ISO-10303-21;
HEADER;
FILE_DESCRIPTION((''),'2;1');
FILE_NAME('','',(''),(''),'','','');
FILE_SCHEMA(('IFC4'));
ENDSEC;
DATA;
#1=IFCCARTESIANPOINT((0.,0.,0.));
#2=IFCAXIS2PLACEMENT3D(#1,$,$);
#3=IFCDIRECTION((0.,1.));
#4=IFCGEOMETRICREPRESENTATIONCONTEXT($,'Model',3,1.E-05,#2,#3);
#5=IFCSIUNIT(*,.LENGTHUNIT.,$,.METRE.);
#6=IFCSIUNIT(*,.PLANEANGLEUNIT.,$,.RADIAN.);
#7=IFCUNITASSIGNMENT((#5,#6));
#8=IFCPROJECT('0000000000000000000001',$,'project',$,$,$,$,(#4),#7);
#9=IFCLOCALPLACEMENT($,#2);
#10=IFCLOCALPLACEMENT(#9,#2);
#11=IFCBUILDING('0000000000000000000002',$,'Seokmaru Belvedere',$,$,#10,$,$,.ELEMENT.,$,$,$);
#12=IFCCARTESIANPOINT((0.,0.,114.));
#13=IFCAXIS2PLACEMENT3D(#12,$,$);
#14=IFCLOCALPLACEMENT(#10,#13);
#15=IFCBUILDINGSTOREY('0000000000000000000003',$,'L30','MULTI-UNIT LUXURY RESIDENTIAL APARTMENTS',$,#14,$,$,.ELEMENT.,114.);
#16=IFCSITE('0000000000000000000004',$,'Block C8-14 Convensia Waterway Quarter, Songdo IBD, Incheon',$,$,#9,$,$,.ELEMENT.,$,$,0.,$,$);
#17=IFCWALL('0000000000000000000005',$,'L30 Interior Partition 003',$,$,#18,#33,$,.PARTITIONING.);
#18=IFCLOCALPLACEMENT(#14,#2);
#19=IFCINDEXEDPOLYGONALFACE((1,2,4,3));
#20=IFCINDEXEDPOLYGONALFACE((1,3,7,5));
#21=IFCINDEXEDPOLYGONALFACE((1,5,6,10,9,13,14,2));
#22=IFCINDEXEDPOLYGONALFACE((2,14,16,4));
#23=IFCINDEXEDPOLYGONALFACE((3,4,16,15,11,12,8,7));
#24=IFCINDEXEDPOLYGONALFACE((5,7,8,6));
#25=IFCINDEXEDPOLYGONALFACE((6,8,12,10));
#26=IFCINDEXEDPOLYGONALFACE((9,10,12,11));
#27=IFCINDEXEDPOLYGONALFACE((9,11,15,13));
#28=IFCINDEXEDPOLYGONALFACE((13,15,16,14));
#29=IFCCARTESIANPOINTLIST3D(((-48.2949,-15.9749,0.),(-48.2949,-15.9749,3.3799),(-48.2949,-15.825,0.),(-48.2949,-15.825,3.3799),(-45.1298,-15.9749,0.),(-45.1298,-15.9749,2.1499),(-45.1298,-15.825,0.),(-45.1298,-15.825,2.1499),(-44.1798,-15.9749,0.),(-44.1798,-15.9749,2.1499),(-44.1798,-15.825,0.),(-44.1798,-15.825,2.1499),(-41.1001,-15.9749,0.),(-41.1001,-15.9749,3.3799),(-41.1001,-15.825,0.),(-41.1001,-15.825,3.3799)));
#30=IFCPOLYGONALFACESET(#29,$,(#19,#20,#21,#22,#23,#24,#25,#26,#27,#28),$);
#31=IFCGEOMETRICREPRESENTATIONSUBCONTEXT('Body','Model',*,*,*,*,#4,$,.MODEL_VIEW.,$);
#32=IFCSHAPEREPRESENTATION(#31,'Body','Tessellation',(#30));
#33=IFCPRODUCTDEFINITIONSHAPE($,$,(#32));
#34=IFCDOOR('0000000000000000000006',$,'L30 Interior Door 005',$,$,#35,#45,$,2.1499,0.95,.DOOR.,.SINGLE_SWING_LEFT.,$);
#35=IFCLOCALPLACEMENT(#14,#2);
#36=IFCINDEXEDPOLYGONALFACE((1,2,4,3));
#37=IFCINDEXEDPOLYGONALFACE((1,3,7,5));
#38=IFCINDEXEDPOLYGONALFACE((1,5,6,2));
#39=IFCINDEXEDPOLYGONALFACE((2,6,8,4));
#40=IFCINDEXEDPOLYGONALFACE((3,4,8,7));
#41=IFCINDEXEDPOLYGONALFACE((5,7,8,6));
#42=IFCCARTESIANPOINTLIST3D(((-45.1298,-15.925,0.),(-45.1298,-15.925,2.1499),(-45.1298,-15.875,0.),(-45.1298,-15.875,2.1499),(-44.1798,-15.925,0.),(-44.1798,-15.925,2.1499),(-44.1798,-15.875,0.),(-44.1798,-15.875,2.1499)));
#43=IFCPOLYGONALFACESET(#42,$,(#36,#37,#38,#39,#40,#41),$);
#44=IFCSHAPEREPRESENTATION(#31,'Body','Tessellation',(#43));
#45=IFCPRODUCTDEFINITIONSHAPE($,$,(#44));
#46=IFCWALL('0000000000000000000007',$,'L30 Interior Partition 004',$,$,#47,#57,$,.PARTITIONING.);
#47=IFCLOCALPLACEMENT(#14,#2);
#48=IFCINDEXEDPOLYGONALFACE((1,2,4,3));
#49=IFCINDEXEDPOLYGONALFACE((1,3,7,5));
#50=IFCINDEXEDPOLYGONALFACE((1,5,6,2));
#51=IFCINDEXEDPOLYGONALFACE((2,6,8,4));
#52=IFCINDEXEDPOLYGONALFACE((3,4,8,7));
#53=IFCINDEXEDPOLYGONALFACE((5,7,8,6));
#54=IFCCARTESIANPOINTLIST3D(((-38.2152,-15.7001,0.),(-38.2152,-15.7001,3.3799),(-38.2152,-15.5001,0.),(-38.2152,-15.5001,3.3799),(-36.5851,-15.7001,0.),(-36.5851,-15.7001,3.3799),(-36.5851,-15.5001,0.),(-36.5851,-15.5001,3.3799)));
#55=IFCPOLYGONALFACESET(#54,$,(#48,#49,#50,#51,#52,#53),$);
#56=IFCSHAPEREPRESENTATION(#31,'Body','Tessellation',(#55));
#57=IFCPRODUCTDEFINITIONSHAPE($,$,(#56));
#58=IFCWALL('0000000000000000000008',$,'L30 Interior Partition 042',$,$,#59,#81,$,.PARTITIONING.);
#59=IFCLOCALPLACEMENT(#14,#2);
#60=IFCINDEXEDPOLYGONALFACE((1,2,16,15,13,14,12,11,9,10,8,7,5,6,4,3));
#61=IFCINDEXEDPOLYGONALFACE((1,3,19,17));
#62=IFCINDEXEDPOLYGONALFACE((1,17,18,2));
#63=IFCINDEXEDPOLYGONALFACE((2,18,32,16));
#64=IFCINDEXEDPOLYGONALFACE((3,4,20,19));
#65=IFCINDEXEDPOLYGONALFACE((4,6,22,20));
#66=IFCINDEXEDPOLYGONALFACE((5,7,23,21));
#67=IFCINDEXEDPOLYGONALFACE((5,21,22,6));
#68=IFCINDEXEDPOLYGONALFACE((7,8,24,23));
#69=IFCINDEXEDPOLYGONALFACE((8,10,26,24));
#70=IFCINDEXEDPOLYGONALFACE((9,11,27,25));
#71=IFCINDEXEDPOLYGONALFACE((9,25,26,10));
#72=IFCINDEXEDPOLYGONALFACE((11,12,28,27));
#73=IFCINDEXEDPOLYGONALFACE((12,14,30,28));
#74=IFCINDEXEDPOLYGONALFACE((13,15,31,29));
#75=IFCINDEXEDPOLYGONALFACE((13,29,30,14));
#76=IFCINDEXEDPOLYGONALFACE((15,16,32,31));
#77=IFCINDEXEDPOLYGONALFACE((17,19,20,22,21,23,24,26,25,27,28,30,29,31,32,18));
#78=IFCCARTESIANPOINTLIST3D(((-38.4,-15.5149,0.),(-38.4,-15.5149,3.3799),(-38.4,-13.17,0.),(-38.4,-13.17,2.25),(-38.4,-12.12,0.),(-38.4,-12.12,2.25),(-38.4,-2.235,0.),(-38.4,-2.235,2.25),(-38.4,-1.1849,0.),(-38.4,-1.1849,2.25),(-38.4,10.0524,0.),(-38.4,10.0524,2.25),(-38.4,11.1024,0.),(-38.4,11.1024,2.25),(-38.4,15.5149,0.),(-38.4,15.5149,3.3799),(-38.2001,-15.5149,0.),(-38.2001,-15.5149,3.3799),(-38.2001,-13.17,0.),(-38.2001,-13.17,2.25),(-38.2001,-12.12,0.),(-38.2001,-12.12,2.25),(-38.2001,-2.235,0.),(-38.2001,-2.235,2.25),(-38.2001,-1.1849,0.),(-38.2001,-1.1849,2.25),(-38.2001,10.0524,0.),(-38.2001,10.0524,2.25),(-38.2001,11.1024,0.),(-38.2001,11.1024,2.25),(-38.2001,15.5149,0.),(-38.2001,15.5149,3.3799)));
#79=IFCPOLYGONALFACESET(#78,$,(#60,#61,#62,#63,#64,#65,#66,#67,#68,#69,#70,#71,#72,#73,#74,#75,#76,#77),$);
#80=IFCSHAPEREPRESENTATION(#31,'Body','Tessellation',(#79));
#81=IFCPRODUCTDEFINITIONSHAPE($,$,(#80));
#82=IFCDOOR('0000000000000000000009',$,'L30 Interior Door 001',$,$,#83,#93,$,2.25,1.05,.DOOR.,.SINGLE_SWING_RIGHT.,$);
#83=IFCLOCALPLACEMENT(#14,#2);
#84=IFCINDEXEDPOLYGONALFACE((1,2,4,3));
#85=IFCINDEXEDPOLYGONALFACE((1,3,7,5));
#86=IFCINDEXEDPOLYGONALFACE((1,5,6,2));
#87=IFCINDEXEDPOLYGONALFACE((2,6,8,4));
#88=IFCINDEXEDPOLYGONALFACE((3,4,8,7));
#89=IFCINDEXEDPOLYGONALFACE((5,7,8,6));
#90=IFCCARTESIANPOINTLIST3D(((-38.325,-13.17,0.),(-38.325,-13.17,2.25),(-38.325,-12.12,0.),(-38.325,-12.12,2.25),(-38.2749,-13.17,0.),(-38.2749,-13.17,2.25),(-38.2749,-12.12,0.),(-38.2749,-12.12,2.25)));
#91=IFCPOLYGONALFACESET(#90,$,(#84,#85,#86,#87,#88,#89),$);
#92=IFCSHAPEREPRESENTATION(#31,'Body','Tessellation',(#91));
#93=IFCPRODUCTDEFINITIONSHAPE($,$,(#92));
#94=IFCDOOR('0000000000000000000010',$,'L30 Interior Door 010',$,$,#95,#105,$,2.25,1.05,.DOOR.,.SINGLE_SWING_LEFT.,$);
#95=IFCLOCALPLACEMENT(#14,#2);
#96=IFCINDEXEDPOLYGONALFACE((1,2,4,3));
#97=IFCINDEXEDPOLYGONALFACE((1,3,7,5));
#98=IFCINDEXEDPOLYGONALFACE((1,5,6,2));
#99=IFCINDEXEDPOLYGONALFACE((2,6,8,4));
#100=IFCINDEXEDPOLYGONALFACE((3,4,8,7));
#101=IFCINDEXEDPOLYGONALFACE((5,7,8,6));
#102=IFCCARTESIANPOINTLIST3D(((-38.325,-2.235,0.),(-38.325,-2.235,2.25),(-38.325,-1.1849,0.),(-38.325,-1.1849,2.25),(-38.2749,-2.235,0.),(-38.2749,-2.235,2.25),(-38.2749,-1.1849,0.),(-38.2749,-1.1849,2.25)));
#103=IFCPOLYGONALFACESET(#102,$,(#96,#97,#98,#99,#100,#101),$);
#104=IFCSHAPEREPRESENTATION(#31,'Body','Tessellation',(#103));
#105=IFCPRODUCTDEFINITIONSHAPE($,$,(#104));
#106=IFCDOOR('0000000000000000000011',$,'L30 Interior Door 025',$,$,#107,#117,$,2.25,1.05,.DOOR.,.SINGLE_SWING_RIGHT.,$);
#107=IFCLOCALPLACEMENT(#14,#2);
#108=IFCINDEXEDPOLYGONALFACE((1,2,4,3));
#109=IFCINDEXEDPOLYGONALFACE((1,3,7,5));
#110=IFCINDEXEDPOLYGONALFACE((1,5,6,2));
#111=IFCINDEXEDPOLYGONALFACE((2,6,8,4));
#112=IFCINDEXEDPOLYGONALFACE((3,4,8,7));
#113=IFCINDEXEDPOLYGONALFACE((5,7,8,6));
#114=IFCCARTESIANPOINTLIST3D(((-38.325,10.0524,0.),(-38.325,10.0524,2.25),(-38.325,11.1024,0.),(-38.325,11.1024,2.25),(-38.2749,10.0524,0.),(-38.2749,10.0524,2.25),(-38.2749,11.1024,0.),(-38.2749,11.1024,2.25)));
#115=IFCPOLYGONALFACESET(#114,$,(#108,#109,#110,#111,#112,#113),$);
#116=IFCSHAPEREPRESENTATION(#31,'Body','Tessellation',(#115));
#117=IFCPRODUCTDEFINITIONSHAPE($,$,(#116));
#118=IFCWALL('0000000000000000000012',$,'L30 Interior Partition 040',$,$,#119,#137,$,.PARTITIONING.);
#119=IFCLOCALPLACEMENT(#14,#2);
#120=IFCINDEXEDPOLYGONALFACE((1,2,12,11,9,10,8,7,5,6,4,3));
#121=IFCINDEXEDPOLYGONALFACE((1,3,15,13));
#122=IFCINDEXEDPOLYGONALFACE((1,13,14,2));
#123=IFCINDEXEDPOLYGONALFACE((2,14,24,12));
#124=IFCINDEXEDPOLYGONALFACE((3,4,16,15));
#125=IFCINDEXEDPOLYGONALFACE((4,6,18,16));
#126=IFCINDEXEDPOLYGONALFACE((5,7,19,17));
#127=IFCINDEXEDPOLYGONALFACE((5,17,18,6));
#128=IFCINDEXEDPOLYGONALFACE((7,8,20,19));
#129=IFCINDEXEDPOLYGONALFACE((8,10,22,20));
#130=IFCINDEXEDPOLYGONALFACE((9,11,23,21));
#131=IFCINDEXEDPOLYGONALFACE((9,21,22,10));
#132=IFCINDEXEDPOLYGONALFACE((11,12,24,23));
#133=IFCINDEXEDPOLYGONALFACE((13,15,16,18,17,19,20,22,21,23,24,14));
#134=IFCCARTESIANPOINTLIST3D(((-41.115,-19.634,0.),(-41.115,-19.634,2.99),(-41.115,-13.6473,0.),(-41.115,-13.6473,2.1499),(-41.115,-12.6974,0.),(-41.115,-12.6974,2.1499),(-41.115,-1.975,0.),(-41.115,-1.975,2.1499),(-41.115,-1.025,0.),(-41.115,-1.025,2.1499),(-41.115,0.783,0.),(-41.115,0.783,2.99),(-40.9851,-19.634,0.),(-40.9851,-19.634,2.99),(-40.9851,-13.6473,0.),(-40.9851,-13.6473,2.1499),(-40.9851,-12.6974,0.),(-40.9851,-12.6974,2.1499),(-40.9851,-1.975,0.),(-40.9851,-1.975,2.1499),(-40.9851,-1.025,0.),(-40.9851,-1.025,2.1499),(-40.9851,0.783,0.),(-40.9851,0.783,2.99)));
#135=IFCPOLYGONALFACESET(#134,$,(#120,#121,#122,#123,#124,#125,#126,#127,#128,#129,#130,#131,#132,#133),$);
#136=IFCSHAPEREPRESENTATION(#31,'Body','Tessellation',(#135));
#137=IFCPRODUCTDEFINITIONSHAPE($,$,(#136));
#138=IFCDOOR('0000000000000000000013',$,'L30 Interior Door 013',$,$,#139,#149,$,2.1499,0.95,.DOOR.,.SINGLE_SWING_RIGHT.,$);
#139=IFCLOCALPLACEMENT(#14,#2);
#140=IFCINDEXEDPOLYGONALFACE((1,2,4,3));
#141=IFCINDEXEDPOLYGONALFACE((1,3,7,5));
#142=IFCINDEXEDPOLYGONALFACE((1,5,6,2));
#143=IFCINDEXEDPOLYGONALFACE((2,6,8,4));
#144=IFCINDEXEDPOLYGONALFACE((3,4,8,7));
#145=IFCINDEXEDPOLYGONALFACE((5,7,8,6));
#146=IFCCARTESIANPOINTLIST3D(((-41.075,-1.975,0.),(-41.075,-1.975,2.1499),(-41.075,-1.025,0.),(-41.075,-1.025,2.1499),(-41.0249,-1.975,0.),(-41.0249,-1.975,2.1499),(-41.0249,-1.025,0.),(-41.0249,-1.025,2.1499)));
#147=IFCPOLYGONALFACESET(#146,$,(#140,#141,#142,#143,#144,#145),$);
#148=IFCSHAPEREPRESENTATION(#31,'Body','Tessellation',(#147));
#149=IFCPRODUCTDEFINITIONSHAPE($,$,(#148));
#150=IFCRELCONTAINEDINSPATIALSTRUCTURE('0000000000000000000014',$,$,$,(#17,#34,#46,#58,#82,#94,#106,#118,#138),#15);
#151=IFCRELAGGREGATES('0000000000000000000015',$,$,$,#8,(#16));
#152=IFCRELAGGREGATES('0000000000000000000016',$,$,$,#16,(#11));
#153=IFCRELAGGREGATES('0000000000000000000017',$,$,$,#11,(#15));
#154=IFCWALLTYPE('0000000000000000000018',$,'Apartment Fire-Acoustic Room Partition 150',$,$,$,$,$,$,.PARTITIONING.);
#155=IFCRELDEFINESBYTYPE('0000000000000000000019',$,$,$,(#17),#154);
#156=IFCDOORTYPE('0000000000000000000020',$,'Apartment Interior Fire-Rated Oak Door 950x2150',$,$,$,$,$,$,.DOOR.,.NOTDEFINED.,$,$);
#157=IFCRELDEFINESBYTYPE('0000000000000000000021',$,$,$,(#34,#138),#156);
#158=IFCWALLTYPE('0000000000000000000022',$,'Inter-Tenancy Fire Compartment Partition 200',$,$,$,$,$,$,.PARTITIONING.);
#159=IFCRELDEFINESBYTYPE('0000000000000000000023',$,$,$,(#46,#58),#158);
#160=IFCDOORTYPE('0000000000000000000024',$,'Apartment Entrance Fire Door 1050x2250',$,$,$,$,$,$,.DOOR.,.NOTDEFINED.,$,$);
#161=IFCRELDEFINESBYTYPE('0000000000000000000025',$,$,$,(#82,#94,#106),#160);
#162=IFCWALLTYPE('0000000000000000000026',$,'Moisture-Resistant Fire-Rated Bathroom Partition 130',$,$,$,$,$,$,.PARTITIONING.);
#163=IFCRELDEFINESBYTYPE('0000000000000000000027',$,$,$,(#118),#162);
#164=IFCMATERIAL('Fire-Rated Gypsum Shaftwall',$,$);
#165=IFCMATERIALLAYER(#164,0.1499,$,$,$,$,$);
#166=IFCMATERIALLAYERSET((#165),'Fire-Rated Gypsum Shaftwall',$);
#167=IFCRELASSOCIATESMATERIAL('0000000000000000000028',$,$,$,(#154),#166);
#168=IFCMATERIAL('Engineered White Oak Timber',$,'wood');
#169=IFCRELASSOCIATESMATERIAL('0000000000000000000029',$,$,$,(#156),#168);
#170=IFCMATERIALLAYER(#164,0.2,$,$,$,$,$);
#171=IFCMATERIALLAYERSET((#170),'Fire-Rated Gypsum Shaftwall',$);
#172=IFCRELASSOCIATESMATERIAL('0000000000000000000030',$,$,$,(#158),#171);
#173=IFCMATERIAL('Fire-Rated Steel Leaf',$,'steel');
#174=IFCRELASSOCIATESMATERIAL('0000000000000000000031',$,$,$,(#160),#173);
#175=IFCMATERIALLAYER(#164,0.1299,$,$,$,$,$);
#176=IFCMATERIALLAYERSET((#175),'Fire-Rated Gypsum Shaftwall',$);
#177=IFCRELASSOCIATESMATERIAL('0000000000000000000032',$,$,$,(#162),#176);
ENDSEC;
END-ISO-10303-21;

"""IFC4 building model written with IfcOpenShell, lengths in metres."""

from ifc_helpers import new_model, si_unit, direction, frame, frame_2d, origin, place, context, subcontext, project, spatial, rectangle, extrude, source, transform, mapped, material, layer, layer_set, type_object, type_shapes, element, fill, save


model = new_model("IFC4")

# Units and contexts
model_context = context("Model", 3, precision=1e-05, world=origin(), true_north=direction((0.0, 1.0)))
body_context = subcontext(model_context, "Body", "Model", "MODEL_VIEW")
ifc_project = project(units=[si_unit("LENGTHUNIT", "METRE"), si_unit("PLANEANGLEUNIT", "RADIAN")], contexts=[model_context])

# Site, building, storey
site_placement = place(None, origin())
site = spatial("IfcSite", under=ifc_project, at=site_placement, Name="Block C8-14 Convensia Waterway Quarter, Songdo IBD, Incheon", CompositionType="ELEMENT", RefElevation=0.0)
building_placement = place(site_placement, origin())
building = spatial("IfcBuilding", under=site, at=building_placement, Name="Seokmaru Belvedere", CompositionType="ELEMENT")
storey_placement = place(building_placement, frame((0.0, 0.0, 114.0)))
storey = spatial("IfcBuildingStorey", under=building, at=storey_placement, Name="L30", Description="MULTI-UNIT LUXURY RESIDENTIAL APARTMENTS", CompositionType="ELEMENT", Elevation=114.0)

# Wall, opening, door
ifc_material_1 = material(Name="Fire-Rated Gypsum Shaftwall")
ifc_layer_1 = layer(ifc_material_1, 0.1499)
ifc_layer_set_1 = layer_set([ifc_layer_1], Name="Fire-Rated Gypsum Shaftwall")
wall_type_1 = type_object("IfcWallType", Name="Apartment Fire-Acoustic Room Partition 150", PredefinedType="PARTITIONING", material=ifc_layer_set_1)
wall_1_placement = place(storey_placement, frame((-48.2949, -15.8999, 0.0), z_axis=(0.0, 0.0, 1.0), x_axis=(1.0, 0.0, 0.0)))
wall_1 = element("IfcWall", 1, at=wall_1_placement, inside=storey, type_object=wall_type_1, Name="L30 Interior Partition 003", PredefinedType="PARTITIONING", context=body_context, shape_type="SweptSolid", body=[
    extrude(rectangle(XDim=7.1948, YDim=0.1499, at=frame_2d((3.5974, 0.0))), origin(), (0.0, 0.0, 1.0), 3.3799),
])
opening_1_placement = place(wall_1_placement, frame((3.165, 0.0, 0.0)))
opening_1 = element("IfcOpeningElement", 2, at=opening_1_placement, cuts=wall_1, PredefinedType="OPENING", context=body_context, shape_type="SweptSolid", body=[
    extrude(rectangle(XDim=0.95, YDim=2.1499, at=frame_2d((0.4751, 1.075))), frame((0.0, 0.085, 0.0), z_axis=(0.0, -1.0, 0.0), x_axis=(1.0, 0.0, 0.0)), (0.0, 0.0, 1.0), 0.1699),
])
ifc_material_2 = material(Name="Engineered White Oak Timber", Category="wood")
door_type_1 = type_object("IfcDoorType", Name="Apartment Interior Fire-Rated Oak Door 950x2150", OperationType="NOTDEFINED", PredefinedType="DOOR", material=ifc_material_2)
shared_shape_1 = source(origin(), body_context, "Body", "SweptSolid", [
    extrude(rectangle(XDim=0.95, YDim=2.1499, at=frame_2d((0.4751, 1.075))), frame((0.0, 0.0249, 0.0), z_axis=(0.0, -1.0, 0.0), x_axis=(1.0, 0.0, 0.0)), (0.0, 0.0, 1.0), 0.05),
])
type_shapes(door_type_1, [shared_shape_1])
door_1_placement = place(opening_1_placement, origin())
door_1 = element("IfcDoor", 3, at=door_1_placement, inside=storey, type_object=door_type_1, Name="L30 Interior Door 005", OperationType="SINGLE_SWING_LEFT", OverallHeight=2.1499, OverallWidth=0.95, PredefinedType="DOOR", context=body_context, shape_type="MappedRepresentation", body=[
    mapped(shared_shape_1, transform((0.0, 0.0, 0.0), scale=1.0)),
])
fill(opening_1, door_1)

# Wall
ifc_layer_2 = layer(ifc_material_1, 0.2)
ifc_layer_set_2 = layer_set([ifc_layer_2], Name="Fire-Rated Gypsum Shaftwall")
wall_type_2 = type_object("IfcWallType", Name="Inter-Tenancy Fire Compartment Partition 200", PredefinedType="PARTITIONING", material=ifc_layer_set_2)
wall_2_placement = place(storey_placement, frame((-38.2151, -15.6001, 0.0), z_axis=(0.0, 0.0, 1.0), x_axis=(1.0, 0.0, 0.0)))
element("IfcWall", 4, at=wall_2_placement, inside=storey, type_object=wall_type_2, Name="L30 Interior Partition 004", PredefinedType="PARTITIONING", context=body_context, shape_type="SweptSolid", body=[
    extrude(rectangle(XDim=1.6301, YDim=0.2, at=frame_2d((0.8149, 0.0))), origin(), (0.0, 0.0, 1.0), 3.3799),
])

# Wall, openings, doors
wall_3_placement = place(storey_placement, frame((-38.3, -15.5149, 0.0), z_axis=(0.0, 0.0, 1.0), x_axis=(0.0, 1.0, 0.0)))
wall_3 = element("IfcWall", 5, at=wall_3_placement, inside=storey, type_object=wall_type_2, Name="L30 Interior Partition 042", PredefinedType="PARTITIONING", context=body_context, shape_type="SweptSolid", body=[
    extrude(rectangle(XDim=31.0298, YDim=0.2, at=frame_2d((15.5149, 0.0))), origin(), (0.0, 0.0, 1.0), 3.3799),
])
opening_2_placement = place(wall_3_placement, frame((2.345, 0.0, 0.0)))
opening_2 = element("IfcOpeningElement", 6, at=opening_2_placement, cuts=wall_3, PredefinedType="OPENING", context=body_context, shape_type="SweptSolid", body=[
    extrude(rectangle(XDim=1.05, YDim=2.25, at=frame_2d((0.5249, 1.125))), frame((0.0, 0.1099, 0.0), z_axis=(0.0, -1.0, 0.0), x_axis=(1.0, 0.0, 0.0)), (0.0, 0.0, 1.0), 0.22),
])
opening_3_placement = place(wall_3_placement, frame((13.28, 0.0, 0.0)))
opening_3 = element("IfcOpeningElement", 7, at=opening_3_placement, cuts=wall_3, PredefinedType="OPENING", context=body_context, shape_type="SweptSolid", body=[
    extrude(rectangle(XDim=1.05, YDim=2.25, at=frame_2d((0.5249, 1.125))), frame((0.0, 0.1099, 0.0), z_axis=(0.0, -1.0, 0.0), x_axis=(1.0, 0.0, 0.0)), (0.0, 0.0, 1.0), 0.22),
])
opening_4_placement = place(wall_3_placement, frame((25.5674, 0.0, 0.0)))
opening_4 = element("IfcOpeningElement", 8, at=opening_4_placement, cuts=wall_3, PredefinedType="OPENING", context=body_context, shape_type="SweptSolid", body=[
    extrude(rectangle(XDim=1.05, YDim=2.25, at=frame_2d((0.5249, 1.125))), frame((0.0, 0.1099, 0.0), z_axis=(0.0, -1.0, 0.0), x_axis=(1.0, 0.0, 0.0)), (0.0, 0.0, 1.0), 0.22),
])
ifc_material_3 = material(Name="Fire-Rated Steel Leaf", Category="steel")
door_type_2 = type_object("IfcDoorType", Name="Apartment Entrance Fire Door 1050x2250", OperationType="NOTDEFINED", PredefinedType="DOOR", material=ifc_material_3)
shared_shape_2 = source(origin(), body_context, "Body", "SweptSolid", [
    extrude(rectangle(XDim=1.05, YDim=2.25, at=frame_2d((0.5249, 1.125))), frame((0.0, 0.0249, 0.0), z_axis=(0.0, -1.0, 0.0), x_axis=(1.0, 0.0, 0.0)), (0.0, 0.0, 1.0), 0.05),
])
type_shapes(door_type_2, [shared_shape_2])
door_2_placement = place(opening_2_placement, origin())
door_2 = element("IfcDoor", 9, at=door_2_placement, inside=storey, type_object=door_type_2, Name="L30 Interior Door 001", OperationType="SINGLE_SWING_RIGHT", OverallHeight=2.25, OverallWidth=1.05, PredefinedType="DOOR", context=body_context, shape_type="MappedRepresentation", body=[
    mapped(shared_shape_2, transform((0.0, 0.0, 0.0), scale=1.0)),
])
fill(opening_2, door_2)
door_3_placement = place(opening_3_placement, origin())
door_3 = element("IfcDoor", 10, at=door_3_placement, inside=storey, type_object=door_type_2, Name="L30 Interior Door 010", OperationType="SINGLE_SWING_LEFT", OverallHeight=2.25, OverallWidth=1.05, PredefinedType="DOOR", context=body_context, shape_type="MappedRepresentation", body=[
    mapped(shared_shape_2, transform((0.0, 0.0, 0.0), scale=1.0)),
])
fill(opening_3, door_3)
door_4_placement = place(opening_4_placement, origin())
door_4 = element("IfcDoor", 11, at=door_4_placement, inside=storey, type_object=door_type_2, Name="L30 Interior Door 025", OperationType="SINGLE_SWING_RIGHT", OverallHeight=2.25, OverallWidth=1.05, PredefinedType="DOOR", context=body_context, shape_type="MappedRepresentation", body=[
    mapped(shared_shape_2, transform((0.0, 0.0, 0.0), scale=1.0)),
])
fill(opening_4, door_4)

# Wall, openings, door
ifc_layer_3 = layer(ifc_material_1, 0.1299)
ifc_layer_set_3 = layer_set([ifc_layer_3], Name="Fire-Rated Gypsum Shaftwall")
wall_type_3 = type_object("IfcWallType", Name="Moisture-Resistant Fire-Rated Bathroom Partition 130", PredefinedType="PARTITIONING", material=ifc_layer_set_3)
wall_4_placement = place(storey_placement, frame((-41.05, -19.634, 0.0), z_axis=(0.0, 0.0, 1.0), x_axis=(0.0, 1.0, 0.0)))
wall_4 = element("IfcWall", 12, at=wall_4_placement, inside=storey, type_object=wall_type_3, Name="L30 Interior Partition 040", PredefinedType="PARTITIONING", context=body_context, shape_type="SweptSolid", body=[
    extrude(rectangle(XDim=20.417, YDim=0.1299, at=frame_2d((10.2085, 0.0))), origin(), (0.0, 0.0, 1.0), 2.99),
])
opening_5_placement = place(wall_4_placement, frame((5.9866, 0.0, 0.0)))
element("IfcOpeningElement", 13, at=opening_5_placement, cuts=wall_4, PredefinedType="OPENING", context=body_context, shape_type="SweptSolid", body=[
    extrude(rectangle(XDim=0.95, YDim=2.1499, at=frame_2d((0.4751, 1.075))), frame((0.0, 0.075, 0.0), z_axis=(0.0, -1.0, 0.0), x_axis=(1.0, 0.0, 0.0)), (0.0, 0.0, 1.0), 0.1499),
])
opening_6_placement = place(wall_4_placement, frame((17.6589, 0.0, 0.0)))
opening_6 = element("IfcOpeningElement", 14, at=opening_6_placement, cuts=wall_4, PredefinedType="OPENING", context=body_context, shape_type="SweptSolid", body=[
    extrude(rectangle(XDim=0.95, YDim=2.1499, at=frame_2d((0.4751, 1.075))), frame((0.0, 0.075, 0.0), z_axis=(0.0, -1.0, 0.0), x_axis=(1.0, 0.0, 0.0)), (0.0, 0.0, 1.0), 0.1499),
])
door_5_placement = place(opening_6_placement, origin())
door_5 = element("IfcDoor", 15, at=door_5_placement, inside=storey, type_object=door_type_1, Name="L30 Interior Door 013", OperationType="SINGLE_SWING_RIGHT", OverallHeight=2.1499, OverallWidth=0.95, PredefinedType="DOOR", context=body_context, shape_type="MappedRepresentation", body=[
    mapped(shared_shape_1, transform((0.0, 0.0, 0.0), scale=1.0)),
])
fill(opening_6, door_5)

save(model, "model.ifc")
